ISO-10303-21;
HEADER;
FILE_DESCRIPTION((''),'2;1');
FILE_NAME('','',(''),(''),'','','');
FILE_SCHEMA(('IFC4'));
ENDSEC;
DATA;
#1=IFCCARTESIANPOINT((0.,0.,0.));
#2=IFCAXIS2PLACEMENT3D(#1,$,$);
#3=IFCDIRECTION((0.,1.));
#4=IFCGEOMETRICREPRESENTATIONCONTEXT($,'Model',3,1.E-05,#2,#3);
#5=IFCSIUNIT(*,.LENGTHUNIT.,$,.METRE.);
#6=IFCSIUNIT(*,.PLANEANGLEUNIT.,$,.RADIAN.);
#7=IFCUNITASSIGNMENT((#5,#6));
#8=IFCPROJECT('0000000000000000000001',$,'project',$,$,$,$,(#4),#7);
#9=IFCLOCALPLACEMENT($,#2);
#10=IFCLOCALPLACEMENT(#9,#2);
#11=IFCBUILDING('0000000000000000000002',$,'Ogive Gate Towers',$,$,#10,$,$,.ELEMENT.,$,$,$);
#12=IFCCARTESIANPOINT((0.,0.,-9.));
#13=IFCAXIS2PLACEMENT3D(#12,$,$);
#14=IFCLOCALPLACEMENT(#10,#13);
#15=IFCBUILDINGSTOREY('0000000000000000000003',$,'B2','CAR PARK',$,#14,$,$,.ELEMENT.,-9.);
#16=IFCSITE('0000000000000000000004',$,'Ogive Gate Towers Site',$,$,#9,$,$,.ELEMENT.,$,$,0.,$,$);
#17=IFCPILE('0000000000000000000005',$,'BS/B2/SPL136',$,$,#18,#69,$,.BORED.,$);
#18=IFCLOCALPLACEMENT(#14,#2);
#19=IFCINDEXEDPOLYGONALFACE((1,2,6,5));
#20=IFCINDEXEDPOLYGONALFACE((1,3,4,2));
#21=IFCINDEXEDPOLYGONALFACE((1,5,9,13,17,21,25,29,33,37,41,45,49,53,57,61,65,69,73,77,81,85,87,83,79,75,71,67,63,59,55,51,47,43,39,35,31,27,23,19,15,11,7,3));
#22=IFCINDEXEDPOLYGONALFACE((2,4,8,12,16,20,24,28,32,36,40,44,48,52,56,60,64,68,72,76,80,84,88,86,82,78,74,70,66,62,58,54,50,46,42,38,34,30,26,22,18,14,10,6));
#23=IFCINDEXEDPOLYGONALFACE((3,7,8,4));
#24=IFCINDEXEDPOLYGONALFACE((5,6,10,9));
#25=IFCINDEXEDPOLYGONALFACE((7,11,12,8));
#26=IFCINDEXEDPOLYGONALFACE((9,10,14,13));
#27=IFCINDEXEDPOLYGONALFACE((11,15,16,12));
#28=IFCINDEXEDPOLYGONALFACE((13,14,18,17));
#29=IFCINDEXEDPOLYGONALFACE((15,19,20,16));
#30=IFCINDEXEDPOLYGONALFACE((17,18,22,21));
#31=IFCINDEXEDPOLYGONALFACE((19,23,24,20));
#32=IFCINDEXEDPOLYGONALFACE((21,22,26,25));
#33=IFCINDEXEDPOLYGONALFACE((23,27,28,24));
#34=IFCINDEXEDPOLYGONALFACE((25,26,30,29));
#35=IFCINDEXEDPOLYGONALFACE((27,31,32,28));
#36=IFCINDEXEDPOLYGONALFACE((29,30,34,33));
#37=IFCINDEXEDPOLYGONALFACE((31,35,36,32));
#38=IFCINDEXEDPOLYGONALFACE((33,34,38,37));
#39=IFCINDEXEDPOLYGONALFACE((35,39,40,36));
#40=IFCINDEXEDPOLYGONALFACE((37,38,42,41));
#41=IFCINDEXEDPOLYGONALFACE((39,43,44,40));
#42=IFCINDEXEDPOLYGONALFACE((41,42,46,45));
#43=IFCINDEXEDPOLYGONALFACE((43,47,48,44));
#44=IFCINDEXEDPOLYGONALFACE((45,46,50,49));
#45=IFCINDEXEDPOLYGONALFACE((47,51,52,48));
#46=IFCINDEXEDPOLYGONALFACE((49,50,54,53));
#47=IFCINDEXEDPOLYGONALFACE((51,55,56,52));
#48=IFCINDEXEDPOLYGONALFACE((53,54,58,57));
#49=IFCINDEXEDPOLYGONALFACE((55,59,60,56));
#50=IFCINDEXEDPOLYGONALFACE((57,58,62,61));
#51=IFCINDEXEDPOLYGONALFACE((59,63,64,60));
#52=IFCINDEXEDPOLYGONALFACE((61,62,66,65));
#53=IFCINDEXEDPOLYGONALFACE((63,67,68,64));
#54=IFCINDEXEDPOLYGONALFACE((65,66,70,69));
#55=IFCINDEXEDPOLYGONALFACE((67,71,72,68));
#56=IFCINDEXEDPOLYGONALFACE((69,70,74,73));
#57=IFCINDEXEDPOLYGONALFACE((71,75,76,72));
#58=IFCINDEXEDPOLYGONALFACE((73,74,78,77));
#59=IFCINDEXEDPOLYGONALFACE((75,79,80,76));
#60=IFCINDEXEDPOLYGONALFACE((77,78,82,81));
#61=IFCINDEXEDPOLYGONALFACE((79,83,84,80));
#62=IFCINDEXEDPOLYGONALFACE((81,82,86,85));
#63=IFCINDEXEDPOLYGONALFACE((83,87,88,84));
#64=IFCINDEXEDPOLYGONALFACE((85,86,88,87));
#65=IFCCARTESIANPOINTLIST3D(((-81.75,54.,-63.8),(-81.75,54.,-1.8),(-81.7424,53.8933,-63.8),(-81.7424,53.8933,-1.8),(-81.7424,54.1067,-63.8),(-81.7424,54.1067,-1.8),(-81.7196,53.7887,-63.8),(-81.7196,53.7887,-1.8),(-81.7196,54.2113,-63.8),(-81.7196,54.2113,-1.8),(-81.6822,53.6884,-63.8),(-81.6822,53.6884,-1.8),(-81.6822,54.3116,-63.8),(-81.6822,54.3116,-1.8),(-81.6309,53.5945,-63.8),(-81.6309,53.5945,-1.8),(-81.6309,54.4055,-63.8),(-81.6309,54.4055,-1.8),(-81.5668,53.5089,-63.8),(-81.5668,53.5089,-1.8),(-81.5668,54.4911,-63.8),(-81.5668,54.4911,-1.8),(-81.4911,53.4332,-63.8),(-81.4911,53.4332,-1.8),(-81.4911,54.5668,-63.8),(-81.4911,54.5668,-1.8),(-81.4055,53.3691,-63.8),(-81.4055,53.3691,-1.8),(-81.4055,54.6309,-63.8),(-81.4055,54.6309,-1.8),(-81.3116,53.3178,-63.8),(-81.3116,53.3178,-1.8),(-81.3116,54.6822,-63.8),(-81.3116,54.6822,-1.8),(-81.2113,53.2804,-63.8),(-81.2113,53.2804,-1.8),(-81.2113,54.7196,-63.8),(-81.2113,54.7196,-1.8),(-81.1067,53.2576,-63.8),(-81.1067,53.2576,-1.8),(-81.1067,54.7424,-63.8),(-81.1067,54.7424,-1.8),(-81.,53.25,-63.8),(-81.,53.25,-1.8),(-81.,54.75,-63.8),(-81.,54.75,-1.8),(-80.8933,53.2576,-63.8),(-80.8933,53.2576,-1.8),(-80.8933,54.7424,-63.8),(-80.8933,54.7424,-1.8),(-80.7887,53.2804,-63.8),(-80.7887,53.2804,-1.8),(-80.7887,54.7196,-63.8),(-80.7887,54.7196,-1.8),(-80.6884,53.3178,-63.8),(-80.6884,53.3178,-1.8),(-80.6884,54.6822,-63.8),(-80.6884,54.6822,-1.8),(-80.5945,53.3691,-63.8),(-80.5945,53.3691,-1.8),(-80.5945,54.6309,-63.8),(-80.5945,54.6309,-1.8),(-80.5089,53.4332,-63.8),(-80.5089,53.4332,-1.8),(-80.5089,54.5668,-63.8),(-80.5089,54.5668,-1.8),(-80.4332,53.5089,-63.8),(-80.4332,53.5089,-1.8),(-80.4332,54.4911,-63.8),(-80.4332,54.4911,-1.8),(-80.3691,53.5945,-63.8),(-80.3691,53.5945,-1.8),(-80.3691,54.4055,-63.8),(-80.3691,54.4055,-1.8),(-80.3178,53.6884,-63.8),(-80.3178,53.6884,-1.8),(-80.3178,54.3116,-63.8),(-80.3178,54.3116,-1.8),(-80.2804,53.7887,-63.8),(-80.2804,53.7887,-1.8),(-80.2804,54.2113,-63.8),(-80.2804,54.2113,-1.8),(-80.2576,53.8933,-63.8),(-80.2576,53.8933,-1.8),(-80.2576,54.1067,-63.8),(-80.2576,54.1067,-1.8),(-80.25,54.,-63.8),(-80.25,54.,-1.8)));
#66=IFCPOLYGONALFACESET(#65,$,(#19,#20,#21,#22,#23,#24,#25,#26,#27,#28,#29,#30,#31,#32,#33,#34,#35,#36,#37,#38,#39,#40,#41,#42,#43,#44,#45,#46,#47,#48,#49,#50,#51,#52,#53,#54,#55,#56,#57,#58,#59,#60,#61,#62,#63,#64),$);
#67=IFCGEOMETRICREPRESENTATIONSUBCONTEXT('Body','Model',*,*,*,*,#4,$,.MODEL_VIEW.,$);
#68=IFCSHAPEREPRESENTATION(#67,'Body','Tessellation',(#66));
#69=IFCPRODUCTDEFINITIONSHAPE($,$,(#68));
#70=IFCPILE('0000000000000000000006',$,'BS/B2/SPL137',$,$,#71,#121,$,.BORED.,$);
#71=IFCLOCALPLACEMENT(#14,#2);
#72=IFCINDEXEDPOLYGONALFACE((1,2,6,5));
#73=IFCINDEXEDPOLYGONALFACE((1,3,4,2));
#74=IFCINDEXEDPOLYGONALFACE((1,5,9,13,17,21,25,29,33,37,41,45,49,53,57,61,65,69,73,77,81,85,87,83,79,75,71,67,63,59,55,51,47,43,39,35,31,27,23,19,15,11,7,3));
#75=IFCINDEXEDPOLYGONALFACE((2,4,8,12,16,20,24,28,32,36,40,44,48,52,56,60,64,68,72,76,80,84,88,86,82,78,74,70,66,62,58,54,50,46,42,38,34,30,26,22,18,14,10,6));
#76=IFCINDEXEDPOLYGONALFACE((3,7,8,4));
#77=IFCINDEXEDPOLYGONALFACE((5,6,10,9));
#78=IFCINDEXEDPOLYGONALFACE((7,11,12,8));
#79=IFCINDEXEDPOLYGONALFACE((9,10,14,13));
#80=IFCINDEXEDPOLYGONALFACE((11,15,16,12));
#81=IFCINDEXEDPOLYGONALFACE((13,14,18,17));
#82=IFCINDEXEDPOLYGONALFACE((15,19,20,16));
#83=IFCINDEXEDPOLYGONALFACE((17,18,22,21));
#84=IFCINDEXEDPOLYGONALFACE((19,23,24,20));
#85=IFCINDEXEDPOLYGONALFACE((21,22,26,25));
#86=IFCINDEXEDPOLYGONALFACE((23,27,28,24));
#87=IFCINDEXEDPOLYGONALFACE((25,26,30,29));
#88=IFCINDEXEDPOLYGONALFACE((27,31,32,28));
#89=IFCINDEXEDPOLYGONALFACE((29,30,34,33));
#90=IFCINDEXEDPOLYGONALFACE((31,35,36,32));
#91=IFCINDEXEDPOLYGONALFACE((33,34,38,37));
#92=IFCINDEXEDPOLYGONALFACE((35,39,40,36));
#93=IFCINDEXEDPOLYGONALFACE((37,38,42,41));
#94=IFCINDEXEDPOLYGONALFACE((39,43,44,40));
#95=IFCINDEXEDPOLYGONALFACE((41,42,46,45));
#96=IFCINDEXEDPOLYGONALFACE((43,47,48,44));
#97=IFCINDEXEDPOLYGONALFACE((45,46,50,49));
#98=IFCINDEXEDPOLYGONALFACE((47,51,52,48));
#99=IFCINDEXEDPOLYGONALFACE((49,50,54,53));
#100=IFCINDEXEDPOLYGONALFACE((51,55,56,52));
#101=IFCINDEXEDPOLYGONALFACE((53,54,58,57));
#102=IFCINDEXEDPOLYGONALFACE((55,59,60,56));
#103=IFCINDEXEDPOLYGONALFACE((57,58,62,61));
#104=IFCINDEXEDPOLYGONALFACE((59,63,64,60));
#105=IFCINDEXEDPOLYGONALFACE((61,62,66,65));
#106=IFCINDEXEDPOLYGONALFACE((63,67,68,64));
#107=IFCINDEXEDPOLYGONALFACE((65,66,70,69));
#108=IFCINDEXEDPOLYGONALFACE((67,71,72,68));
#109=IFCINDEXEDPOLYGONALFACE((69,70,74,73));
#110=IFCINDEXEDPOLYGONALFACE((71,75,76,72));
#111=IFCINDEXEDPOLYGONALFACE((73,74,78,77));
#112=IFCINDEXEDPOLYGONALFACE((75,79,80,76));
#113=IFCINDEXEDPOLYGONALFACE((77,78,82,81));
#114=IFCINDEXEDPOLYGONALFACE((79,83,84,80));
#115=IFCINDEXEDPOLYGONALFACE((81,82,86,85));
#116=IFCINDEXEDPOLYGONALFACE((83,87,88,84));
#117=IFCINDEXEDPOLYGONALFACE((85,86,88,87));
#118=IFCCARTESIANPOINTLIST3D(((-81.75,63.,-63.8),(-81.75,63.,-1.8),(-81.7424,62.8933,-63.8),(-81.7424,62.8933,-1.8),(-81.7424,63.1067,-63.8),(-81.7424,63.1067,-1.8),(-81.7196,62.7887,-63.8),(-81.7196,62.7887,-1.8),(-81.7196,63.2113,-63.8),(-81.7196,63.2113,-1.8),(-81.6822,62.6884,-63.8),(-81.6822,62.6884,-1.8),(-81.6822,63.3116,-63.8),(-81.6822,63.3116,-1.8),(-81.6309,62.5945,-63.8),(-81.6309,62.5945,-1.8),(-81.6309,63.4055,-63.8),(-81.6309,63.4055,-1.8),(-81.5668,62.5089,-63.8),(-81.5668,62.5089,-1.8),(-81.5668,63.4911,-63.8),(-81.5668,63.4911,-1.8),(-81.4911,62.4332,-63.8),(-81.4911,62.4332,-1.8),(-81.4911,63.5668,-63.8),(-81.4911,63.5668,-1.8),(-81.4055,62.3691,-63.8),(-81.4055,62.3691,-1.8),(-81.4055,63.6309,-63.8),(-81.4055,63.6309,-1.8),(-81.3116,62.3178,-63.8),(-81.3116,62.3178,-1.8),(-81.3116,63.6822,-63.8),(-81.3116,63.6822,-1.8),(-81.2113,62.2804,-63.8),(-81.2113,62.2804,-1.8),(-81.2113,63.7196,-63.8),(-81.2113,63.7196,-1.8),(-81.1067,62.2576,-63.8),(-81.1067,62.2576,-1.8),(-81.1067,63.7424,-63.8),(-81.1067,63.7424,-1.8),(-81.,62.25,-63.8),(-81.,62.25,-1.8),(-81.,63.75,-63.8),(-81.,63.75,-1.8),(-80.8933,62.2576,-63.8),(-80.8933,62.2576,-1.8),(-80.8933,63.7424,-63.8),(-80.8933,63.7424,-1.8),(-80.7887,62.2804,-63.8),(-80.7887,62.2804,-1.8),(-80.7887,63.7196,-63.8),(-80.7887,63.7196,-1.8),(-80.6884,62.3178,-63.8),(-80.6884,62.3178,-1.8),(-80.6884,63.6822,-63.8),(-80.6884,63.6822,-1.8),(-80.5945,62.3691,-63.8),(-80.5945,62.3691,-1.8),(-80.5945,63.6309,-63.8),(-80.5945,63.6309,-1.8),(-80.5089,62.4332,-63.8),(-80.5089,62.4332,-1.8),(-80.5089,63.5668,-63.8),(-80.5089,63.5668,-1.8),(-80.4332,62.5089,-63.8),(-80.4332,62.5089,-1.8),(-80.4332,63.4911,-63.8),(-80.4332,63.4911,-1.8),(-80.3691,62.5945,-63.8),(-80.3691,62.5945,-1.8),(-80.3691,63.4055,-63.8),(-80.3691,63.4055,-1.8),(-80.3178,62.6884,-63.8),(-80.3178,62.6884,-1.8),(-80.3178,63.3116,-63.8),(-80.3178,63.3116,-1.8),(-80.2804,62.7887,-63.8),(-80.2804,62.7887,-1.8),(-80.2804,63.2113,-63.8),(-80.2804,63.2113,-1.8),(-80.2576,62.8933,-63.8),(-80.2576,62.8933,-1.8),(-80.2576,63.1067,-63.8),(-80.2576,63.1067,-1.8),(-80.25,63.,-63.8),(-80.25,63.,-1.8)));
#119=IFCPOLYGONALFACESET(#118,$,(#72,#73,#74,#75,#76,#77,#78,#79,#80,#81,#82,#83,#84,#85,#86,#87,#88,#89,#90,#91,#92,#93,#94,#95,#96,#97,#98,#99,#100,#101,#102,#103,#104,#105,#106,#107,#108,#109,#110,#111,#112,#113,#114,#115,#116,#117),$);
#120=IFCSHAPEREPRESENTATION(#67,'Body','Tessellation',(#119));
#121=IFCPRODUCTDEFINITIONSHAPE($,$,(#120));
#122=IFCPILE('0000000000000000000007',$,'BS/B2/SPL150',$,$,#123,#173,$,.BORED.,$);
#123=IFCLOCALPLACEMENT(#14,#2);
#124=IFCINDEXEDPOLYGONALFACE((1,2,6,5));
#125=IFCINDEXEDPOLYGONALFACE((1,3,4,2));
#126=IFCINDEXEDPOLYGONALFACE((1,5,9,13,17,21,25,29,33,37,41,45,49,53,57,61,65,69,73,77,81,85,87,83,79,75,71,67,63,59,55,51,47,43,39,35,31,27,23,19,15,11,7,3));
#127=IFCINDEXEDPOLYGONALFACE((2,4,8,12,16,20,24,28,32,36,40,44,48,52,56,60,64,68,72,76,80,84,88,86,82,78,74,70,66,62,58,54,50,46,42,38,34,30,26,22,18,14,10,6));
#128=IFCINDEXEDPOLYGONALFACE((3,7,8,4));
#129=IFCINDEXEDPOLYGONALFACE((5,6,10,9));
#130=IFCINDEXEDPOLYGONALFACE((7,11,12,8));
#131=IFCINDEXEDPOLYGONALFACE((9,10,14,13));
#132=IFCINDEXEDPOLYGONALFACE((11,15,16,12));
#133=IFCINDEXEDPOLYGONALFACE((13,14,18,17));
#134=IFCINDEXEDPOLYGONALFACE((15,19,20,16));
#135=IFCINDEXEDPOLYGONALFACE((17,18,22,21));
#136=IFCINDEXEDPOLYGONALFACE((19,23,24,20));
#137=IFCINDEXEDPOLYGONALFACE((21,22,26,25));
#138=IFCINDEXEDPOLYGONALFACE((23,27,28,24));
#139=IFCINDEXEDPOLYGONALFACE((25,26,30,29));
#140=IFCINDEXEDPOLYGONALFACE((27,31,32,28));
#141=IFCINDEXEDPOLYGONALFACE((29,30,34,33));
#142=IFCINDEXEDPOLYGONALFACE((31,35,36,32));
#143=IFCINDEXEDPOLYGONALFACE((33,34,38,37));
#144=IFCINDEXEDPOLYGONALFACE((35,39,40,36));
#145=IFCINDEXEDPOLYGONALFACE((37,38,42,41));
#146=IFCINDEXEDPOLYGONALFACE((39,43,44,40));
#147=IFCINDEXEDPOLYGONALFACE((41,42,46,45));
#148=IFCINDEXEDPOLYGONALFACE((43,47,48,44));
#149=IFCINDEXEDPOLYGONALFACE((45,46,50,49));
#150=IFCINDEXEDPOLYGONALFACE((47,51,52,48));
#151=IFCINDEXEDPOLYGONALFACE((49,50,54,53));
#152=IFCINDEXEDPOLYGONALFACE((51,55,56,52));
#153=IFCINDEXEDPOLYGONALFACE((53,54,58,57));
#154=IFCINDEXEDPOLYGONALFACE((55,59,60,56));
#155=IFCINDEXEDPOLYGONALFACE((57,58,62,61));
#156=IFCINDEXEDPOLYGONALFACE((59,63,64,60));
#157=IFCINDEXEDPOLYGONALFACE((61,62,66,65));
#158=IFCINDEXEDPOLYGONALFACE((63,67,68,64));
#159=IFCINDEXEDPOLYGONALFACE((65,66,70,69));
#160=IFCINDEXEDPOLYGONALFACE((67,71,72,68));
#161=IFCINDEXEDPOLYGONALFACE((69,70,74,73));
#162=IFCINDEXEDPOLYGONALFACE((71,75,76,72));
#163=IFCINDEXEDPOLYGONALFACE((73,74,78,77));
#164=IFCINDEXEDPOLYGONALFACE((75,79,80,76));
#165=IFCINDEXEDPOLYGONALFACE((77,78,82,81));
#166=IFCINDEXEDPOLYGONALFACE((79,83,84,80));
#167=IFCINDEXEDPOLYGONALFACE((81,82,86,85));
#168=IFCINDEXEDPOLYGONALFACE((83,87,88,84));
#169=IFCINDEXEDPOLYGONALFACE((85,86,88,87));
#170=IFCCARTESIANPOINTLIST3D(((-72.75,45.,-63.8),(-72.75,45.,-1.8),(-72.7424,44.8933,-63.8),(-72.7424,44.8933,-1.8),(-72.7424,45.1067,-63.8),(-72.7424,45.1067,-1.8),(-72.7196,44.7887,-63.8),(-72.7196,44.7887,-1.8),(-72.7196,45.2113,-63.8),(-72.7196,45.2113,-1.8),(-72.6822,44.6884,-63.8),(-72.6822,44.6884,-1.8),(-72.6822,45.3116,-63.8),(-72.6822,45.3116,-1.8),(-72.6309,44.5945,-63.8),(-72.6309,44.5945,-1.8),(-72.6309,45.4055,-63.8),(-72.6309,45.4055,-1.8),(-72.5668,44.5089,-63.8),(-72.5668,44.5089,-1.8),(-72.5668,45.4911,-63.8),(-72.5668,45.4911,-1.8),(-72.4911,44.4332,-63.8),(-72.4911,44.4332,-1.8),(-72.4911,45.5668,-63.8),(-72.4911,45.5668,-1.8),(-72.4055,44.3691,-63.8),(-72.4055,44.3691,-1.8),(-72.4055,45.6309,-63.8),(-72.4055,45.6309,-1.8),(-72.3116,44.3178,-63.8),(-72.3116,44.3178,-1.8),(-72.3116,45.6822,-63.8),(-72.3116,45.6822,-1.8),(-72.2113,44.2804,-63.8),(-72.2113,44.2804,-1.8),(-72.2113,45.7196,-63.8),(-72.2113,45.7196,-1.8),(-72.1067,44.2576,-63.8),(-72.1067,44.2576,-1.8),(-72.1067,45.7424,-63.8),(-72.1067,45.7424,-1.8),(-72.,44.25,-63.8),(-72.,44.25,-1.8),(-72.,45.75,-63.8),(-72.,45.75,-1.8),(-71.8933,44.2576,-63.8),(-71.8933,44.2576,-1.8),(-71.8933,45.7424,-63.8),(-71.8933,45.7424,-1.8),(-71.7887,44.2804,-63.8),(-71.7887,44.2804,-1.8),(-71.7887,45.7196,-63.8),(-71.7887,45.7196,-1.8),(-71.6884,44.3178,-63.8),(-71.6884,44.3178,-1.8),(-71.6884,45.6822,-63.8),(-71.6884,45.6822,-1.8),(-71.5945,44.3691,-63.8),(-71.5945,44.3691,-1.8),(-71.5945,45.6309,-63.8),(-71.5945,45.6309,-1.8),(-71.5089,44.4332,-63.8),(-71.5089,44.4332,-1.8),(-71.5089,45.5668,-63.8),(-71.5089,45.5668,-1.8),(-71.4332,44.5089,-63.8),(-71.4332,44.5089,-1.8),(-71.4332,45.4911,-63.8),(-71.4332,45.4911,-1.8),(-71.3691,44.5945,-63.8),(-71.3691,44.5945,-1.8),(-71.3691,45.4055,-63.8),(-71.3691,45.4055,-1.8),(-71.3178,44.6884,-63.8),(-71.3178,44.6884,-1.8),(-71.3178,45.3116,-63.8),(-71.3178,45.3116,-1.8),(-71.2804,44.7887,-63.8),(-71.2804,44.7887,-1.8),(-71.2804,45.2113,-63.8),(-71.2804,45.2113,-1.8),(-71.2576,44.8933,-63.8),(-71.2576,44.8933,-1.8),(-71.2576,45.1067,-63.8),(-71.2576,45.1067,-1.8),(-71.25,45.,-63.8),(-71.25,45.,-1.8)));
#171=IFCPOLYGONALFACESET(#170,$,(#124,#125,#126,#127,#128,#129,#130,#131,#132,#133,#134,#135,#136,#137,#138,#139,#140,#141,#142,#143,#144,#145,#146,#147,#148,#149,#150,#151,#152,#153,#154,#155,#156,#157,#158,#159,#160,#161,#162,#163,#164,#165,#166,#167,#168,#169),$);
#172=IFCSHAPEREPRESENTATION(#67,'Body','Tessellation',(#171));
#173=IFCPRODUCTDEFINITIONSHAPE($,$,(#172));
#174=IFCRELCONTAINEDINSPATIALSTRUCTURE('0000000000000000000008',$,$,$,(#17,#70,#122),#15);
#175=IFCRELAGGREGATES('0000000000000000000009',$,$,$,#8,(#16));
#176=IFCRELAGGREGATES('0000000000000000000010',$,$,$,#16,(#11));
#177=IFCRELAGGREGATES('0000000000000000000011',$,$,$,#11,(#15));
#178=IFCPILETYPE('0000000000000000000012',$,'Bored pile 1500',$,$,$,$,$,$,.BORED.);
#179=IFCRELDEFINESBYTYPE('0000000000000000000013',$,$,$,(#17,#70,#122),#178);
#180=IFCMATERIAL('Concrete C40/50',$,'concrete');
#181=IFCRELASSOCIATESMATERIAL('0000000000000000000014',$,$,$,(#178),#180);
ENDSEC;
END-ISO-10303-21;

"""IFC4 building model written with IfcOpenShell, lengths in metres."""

from ifc_helpers import new_model, si_unit, direction, frame, origin, origin_2d, place, context, subcontext, project, spatial, circle, extrude, material, material_profile, profile_set, type_object, element, save


model = new_model("IFC4")

# Units and contexts
model_context = context("Model", 3, precision=1e-05, world=origin(), true_north=direction((0.0, 1.0)))
body_context = subcontext(model_context, "Body", "Model", "MODEL_VIEW")
ifc_project = project(units=[si_unit("LENGTHUNIT", "METRE"), si_unit("PLANEANGLEUNIT", "RADIAN")], contexts=[model_context])

# Site, building, storey
site_placement = place(None, origin())
site = spatial("IfcSite", under=ifc_project, at=site_placement, Name="Ogive Gate Towers Site", CompositionType="ELEMENT", RefElevation=0.0)
building_placement = place(site_placement, origin())
building = spatial("IfcBuilding", under=site, at=building_placement, Name="Ogive Gate Towers", CompositionType="ELEMENT")
storey_placement = place(building_placement, frame((0.0, 0.0, -9.0)))
storey = spatial("IfcBuildingStorey", under=building, at=storey_placement, Name="B2", Description="CAR PARK", CompositionType="ELEMENT", Elevation=-9.0)

# Piles
ifc_material_1 = material(Name="Concrete C40/50", Category="concrete")
ifc_material_profile_1 = material_profile(ifc_material_1, circle(Radius=0.75, at=origin_2d()), Name="BP 1500")
ifc_profile_set_1 = profile_set([ifc_material_profile_1], Name="Concrete C40/50")
pile_type = type_object("IfcPileType", Name="Bored pile 1500", PredefinedType="BORED", material=ifc_profile_set_1)
for number, where, z_axis, x_axis, name in (
    (1, (-81.0, 54.0, -1.8), (0.0, 0.0, -1.0), (1.0, 0.0, 0.0), "BS/B2/SPL136"),
    (2, (-81.0, 63.0, -1.8), (0.0, 0.0, -1.0), (1.0, 0.0, 0.0), "BS/B2/SPL137"),
    (3, (-72.0, 45.0, -1.8), (0.0, 0.0, -1.0), (1.0, 0.0, 0.0), "BS/B2/SPL150"),
):
    element("IfcPile", number, at=place(storey_placement, frame(where, z_axis=z_axis, x_axis=x_axis)), inside=storey, type_object=pile_type, Name=name, PredefinedType="BORED", context=body_context, shape_type="SweptSolid", body=[
        extrude(circle(Radius=0.75, at=origin_2d()), origin(), (0.0, 0.0, 1.0), 62.0),
    ])

save(model, "model.ifc")
